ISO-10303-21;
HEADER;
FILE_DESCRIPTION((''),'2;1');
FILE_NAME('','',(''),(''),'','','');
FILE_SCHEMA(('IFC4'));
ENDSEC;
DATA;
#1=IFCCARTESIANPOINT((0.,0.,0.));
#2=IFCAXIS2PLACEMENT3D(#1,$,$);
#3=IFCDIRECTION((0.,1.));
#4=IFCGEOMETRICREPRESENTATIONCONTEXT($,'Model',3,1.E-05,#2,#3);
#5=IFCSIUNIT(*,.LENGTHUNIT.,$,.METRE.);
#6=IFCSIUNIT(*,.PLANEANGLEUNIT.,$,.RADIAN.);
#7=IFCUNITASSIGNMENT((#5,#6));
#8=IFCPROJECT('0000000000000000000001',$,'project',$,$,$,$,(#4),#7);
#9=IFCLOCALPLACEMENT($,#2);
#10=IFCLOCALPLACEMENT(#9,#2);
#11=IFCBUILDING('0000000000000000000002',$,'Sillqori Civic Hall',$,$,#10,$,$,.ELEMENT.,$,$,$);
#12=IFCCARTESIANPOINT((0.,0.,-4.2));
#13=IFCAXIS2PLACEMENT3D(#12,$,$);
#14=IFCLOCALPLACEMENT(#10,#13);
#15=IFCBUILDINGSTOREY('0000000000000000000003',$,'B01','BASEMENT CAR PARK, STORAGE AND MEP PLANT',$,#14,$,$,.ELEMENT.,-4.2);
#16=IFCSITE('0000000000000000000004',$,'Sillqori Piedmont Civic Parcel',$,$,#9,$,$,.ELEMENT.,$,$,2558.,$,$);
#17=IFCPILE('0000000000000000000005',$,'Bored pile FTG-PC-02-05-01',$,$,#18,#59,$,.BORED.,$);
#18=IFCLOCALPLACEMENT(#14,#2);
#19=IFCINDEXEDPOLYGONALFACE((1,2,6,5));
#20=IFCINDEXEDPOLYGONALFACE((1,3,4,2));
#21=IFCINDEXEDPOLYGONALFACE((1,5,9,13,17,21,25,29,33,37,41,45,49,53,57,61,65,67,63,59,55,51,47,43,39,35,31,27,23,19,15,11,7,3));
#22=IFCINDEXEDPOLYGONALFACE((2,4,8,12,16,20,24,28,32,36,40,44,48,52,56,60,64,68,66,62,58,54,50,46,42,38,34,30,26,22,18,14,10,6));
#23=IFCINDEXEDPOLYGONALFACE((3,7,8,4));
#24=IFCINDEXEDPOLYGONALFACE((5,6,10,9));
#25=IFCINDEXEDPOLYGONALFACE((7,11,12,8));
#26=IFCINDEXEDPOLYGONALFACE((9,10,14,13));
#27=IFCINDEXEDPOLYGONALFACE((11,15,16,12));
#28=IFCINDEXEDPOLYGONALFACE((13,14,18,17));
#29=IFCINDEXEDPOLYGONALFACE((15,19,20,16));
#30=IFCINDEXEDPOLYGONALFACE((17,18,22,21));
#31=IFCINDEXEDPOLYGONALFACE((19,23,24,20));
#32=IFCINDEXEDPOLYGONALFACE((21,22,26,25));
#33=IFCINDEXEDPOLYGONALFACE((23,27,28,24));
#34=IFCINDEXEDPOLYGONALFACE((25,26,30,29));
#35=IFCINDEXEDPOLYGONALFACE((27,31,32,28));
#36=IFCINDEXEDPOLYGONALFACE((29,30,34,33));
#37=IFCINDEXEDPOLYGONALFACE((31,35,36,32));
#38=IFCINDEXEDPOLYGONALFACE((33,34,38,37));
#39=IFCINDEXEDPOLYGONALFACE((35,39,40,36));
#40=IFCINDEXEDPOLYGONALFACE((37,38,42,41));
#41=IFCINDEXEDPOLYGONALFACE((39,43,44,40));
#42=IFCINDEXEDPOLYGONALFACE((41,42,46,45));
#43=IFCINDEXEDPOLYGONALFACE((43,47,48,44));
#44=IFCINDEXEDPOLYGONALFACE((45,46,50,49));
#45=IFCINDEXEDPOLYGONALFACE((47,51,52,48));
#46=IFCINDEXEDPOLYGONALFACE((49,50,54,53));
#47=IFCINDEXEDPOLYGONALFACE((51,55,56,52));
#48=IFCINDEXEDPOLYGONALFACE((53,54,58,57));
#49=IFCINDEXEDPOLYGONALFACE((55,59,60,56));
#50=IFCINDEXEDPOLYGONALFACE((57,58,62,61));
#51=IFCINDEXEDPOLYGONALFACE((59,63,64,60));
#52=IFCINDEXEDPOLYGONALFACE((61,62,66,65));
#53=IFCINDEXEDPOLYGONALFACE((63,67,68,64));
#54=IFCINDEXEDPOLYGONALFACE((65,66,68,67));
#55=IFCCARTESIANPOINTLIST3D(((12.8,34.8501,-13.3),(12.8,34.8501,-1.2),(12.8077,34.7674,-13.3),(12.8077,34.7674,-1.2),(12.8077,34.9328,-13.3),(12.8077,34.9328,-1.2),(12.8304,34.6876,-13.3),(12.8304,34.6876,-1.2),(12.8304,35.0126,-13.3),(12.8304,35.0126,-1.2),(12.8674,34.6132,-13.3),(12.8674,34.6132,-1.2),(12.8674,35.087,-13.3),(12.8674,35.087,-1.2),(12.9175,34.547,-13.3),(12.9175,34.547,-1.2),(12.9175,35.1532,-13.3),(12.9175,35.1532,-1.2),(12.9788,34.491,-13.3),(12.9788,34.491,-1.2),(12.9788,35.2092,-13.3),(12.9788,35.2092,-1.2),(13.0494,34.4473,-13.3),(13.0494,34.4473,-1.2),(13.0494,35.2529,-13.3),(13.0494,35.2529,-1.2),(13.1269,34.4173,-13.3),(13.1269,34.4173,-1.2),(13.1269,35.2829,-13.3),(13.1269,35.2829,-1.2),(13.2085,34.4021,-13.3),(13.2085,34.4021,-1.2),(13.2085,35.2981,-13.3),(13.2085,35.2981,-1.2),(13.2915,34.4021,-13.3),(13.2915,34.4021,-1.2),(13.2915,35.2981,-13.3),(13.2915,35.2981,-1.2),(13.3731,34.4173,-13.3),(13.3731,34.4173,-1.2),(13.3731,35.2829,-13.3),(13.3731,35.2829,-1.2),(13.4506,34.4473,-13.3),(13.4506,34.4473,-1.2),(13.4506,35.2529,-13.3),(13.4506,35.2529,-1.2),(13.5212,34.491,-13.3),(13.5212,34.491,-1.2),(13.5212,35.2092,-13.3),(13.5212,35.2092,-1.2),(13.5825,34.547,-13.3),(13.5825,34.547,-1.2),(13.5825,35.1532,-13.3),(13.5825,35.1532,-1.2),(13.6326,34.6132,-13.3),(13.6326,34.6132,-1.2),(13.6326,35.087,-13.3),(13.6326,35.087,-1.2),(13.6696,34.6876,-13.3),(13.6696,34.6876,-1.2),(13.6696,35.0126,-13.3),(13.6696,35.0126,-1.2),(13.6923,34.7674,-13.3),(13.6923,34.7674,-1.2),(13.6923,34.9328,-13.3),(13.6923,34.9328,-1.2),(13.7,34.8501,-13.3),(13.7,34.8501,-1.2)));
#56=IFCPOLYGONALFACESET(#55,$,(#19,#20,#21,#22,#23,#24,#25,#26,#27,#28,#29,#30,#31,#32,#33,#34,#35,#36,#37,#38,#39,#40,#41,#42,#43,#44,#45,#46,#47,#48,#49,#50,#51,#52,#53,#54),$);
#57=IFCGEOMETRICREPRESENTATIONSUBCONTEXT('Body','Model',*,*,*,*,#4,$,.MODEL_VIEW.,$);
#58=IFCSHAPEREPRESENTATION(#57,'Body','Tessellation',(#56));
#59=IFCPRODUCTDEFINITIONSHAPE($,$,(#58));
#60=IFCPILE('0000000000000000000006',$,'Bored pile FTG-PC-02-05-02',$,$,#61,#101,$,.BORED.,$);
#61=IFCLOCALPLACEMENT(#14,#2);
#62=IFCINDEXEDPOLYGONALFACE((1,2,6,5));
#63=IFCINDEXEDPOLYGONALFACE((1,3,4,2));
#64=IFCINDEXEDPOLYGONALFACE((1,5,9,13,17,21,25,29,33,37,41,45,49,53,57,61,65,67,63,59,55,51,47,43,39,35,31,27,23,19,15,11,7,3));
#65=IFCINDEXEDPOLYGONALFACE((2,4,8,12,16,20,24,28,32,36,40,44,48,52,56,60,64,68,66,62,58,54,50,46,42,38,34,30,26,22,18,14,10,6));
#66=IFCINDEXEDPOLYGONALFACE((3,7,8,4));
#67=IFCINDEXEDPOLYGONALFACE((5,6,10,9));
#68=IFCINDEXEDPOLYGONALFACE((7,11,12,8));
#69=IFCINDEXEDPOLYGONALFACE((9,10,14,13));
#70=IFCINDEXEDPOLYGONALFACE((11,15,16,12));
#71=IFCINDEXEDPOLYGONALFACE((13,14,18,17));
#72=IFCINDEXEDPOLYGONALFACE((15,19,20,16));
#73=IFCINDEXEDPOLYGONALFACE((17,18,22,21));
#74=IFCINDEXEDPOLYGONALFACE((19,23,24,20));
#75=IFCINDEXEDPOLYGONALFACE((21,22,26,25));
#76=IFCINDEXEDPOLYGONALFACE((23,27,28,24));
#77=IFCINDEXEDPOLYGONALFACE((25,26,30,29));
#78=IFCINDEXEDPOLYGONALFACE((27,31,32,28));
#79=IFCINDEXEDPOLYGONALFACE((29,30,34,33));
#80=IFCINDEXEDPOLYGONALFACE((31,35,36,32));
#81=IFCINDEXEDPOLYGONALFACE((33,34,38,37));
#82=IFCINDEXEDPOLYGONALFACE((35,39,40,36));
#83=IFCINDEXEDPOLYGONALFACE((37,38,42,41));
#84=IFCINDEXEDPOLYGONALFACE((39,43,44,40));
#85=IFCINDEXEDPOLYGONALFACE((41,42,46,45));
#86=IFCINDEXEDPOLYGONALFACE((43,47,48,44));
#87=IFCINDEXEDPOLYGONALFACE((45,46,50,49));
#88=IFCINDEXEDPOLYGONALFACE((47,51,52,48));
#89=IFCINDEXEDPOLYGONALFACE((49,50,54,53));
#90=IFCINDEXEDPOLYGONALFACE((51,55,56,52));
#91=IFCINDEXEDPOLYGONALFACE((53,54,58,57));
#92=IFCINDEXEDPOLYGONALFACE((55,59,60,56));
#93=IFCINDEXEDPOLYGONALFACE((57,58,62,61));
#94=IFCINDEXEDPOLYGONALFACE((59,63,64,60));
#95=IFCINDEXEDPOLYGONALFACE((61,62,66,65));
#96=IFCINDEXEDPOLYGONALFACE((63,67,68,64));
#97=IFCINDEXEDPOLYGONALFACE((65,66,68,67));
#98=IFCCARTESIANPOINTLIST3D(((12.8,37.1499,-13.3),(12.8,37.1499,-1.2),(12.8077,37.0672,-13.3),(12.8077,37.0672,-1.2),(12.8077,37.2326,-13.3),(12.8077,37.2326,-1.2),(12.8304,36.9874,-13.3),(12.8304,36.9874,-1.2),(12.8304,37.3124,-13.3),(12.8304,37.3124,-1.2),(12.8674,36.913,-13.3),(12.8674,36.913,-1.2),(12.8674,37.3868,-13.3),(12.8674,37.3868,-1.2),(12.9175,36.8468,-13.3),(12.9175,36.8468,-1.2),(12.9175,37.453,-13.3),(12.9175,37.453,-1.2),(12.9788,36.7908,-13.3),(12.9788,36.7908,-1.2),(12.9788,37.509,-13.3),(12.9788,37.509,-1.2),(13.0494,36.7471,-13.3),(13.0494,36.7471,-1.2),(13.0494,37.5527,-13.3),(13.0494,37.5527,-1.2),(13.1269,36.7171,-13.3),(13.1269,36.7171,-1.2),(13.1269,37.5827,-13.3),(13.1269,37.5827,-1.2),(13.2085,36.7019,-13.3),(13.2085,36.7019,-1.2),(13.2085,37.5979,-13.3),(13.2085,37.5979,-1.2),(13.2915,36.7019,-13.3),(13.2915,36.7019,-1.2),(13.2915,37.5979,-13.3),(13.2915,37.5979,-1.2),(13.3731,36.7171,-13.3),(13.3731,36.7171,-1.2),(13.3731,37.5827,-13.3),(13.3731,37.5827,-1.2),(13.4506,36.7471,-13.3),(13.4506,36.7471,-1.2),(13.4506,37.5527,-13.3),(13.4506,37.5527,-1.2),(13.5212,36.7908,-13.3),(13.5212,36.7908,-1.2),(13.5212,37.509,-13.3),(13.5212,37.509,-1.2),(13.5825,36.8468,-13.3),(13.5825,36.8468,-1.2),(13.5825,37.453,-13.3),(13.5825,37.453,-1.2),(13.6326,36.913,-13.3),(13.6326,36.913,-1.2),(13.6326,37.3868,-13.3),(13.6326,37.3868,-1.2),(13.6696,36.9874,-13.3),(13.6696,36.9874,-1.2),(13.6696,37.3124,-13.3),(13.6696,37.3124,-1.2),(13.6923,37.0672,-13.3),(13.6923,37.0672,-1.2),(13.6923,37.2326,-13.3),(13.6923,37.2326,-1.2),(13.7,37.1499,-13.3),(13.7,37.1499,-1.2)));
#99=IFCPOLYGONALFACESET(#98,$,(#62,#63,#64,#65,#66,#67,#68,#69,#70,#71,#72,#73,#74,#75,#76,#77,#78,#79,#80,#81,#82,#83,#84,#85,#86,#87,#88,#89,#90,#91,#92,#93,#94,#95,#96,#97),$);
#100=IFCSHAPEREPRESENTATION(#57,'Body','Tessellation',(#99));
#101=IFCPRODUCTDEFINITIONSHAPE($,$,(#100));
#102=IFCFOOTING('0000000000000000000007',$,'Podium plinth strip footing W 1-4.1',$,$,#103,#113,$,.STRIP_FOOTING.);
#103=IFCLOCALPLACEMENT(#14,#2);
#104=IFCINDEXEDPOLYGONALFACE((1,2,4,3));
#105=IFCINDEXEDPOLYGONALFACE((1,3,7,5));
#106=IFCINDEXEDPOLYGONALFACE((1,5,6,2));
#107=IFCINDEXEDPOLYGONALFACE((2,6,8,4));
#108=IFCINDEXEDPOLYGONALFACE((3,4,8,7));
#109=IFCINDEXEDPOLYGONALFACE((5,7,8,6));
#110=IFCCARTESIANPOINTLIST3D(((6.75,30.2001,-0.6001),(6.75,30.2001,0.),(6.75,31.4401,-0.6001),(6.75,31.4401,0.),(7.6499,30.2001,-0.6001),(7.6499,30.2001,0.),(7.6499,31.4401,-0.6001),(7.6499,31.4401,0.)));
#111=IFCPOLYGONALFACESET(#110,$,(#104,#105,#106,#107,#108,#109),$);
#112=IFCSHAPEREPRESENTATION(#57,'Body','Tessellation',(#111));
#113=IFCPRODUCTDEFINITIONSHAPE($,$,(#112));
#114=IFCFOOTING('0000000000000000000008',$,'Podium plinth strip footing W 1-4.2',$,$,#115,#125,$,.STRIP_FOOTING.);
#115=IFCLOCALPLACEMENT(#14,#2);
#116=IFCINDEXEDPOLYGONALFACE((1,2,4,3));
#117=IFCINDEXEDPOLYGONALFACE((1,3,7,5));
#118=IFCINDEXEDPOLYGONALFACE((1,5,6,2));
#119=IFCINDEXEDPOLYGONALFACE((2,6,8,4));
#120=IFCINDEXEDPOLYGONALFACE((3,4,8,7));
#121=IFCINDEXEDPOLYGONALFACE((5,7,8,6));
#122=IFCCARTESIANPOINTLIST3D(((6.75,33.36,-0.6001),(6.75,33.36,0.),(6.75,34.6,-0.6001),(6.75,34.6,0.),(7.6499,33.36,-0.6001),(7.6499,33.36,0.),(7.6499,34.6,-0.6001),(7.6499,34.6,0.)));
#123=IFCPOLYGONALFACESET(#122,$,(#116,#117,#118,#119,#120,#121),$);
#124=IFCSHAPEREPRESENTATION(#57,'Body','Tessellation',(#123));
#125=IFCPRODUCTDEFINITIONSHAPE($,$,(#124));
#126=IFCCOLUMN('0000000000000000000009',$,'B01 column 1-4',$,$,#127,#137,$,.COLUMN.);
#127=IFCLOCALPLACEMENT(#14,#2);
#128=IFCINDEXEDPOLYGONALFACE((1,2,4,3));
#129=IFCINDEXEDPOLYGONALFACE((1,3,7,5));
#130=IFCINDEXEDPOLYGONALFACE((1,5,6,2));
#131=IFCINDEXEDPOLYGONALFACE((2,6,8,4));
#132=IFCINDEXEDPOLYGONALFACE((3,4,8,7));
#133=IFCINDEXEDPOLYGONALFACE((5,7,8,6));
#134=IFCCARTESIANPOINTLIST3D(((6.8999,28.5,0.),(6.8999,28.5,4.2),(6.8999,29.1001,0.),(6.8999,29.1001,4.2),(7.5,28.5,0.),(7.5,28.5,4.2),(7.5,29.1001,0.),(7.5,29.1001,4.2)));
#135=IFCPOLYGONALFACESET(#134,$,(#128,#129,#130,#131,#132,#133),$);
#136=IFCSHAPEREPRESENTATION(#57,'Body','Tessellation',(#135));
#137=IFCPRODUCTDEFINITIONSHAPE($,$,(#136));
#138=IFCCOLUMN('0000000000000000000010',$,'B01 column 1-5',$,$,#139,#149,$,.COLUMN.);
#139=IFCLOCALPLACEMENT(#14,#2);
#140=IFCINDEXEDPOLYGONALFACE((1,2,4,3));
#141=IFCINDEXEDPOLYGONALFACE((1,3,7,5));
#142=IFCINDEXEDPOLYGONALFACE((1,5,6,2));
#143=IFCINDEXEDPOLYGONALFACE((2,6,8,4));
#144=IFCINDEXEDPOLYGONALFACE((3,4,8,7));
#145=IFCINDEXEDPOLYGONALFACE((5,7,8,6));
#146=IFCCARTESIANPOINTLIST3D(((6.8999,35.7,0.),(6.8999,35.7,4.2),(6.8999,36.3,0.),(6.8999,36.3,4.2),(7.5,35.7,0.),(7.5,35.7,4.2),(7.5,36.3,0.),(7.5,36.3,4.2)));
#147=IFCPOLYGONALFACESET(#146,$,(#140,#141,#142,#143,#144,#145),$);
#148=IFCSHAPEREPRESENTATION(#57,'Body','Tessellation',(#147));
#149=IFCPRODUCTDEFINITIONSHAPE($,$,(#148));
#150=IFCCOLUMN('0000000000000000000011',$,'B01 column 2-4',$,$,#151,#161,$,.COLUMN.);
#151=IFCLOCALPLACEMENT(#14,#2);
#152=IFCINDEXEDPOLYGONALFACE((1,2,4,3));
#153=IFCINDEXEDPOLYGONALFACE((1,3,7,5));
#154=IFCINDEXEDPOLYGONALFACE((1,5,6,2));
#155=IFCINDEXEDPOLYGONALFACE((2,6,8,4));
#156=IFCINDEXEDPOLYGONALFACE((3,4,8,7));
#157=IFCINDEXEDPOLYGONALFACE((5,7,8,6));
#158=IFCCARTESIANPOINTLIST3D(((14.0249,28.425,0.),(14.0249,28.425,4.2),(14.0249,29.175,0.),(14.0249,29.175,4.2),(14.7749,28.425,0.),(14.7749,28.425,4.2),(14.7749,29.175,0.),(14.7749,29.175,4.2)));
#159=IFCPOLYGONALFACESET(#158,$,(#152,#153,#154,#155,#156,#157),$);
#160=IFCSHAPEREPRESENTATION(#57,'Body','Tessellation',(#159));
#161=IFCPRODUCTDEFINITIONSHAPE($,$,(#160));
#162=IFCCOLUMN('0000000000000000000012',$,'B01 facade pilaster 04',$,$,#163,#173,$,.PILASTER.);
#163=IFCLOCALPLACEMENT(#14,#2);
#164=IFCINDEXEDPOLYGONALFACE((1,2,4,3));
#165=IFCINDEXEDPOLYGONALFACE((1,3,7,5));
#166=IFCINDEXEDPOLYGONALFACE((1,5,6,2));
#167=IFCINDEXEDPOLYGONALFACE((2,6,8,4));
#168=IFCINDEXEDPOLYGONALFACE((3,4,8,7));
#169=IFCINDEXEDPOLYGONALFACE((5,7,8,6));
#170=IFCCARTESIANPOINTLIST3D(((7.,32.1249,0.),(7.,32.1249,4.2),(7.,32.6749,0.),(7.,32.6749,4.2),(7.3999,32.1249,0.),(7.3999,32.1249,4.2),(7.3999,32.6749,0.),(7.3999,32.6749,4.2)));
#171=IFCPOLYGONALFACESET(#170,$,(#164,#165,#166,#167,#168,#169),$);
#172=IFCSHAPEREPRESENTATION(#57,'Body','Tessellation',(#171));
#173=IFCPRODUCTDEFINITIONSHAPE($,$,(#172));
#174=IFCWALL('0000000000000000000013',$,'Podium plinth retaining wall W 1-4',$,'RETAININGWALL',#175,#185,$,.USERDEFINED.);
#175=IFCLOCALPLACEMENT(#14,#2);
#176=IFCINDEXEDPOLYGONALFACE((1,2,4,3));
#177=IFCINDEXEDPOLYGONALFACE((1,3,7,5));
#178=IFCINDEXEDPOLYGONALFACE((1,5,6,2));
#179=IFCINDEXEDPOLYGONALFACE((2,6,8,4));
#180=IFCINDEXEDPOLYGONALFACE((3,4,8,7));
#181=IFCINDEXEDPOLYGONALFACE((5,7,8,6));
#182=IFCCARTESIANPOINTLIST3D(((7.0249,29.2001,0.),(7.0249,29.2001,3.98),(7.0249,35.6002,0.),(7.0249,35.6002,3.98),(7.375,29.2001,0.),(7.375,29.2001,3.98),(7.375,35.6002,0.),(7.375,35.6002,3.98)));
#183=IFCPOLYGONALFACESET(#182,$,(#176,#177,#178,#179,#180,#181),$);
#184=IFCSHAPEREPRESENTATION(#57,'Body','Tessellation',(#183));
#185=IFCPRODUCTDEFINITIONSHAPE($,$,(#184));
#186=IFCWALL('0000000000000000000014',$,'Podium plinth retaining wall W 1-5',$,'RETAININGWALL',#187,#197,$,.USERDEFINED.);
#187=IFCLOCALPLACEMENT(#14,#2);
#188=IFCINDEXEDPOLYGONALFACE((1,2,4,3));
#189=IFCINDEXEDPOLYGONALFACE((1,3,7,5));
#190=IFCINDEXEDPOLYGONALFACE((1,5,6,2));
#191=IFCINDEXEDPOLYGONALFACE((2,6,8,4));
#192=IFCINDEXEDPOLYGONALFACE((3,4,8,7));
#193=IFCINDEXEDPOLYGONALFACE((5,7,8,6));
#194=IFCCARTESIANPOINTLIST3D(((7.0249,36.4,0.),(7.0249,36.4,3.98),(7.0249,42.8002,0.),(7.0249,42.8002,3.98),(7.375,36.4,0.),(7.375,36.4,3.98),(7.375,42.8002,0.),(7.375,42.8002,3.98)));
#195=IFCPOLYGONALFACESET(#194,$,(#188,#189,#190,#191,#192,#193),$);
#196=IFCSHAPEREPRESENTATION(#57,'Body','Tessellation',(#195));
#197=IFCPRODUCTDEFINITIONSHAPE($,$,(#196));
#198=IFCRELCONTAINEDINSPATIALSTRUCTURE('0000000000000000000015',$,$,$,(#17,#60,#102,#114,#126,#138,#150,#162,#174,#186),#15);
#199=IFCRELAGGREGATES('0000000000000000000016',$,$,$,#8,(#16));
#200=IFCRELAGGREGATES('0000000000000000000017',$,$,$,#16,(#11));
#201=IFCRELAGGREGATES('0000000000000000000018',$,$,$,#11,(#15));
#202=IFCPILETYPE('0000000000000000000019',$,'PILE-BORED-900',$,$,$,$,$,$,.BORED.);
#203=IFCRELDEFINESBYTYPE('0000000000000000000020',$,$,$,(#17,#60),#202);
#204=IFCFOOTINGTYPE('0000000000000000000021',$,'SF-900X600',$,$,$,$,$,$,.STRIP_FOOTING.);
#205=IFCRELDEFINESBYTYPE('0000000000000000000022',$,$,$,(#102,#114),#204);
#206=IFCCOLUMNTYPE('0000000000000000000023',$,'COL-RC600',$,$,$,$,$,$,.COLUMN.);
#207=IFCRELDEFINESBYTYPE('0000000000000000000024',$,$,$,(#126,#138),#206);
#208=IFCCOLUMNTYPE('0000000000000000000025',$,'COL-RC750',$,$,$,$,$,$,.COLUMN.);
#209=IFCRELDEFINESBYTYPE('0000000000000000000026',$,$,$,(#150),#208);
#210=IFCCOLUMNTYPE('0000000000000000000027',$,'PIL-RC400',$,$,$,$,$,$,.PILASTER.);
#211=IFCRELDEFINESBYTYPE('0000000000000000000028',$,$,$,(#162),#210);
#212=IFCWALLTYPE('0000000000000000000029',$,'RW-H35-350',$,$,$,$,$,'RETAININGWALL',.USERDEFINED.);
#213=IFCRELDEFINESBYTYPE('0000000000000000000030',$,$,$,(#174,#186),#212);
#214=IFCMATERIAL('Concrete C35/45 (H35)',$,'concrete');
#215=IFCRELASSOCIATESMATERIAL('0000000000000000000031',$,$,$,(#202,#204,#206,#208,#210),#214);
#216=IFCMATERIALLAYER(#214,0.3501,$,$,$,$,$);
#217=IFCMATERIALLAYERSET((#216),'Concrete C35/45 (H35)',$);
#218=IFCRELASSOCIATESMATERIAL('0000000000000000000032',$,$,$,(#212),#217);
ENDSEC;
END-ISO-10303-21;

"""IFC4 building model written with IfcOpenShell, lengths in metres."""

from ifc_helpers import new_model, si_unit, direction, frame, frame_2d, origin, origin_2d, place, context, subcontext, project, spatial, rectangle, circle, extrude, material, layer, layer_set, material_profile, profile_set, type_object, element, save


model = new_model("IFC4")

# Units and contexts
model_context = context("Model", 3, precision=1e-05, world=origin(), true_north=direction((0.0, 1.0)))
body_context = subcontext(model_context, "Body", "Model", "MODEL_VIEW")
ifc_project = project(units=[si_unit("LENGTHUNIT", "METRE"), si_unit("PLANEANGLEUNIT", "RADIAN")], contexts=[model_context])

# Site, building, storey
site_placement = place(None, origin())
site = spatial("IfcSite", under=ifc_project, at=site_placement, Name="Sillqori Piedmont Civic Parcel", CompositionType="ELEMENT", RefElevation=2558.0)
building_placement = place(site_placement, origin())
building = spatial("IfcBuilding", under=site, at=building_placement, Name="Sillqori Civic Hall", CompositionType="ELEMENT")
storey_placement = place(building_placement, frame((0.0, 0.0, -4.2)))
storey = spatial("IfcBuildingStorey", under=building, at=storey_placement, Name="B01", Description="BASEMENT CAR PARK, STORAGE AND MEP PLANT", CompositionType="ELEMENT", Elevation=-4.2)

# Shared definitions
ifc_material = material(Name="Concrete C35/45 (H35)", Category="concrete")

# Piles
ifc_material_profile_1 = material_profile(ifc_material, circle(Radius=0.45, at=origin_2d()), Name="BORED PILE 900")
ifc_profile_set_1 = profile_set([ifc_material_profile_1], Name="Concrete C35/45 (H35)")
pile_type = type_object("IfcPileType", Name="PILE-BORED-900", PredefinedType="BORED", material=ifc_profile_set_1)
for number, where, z_axis, x_axis, name in (
    (1, (13.25, 34.8501, -1.2), (0.0, 0.0, -1.0), (1.0, 0.0, 0.0), "Bored pile FTG-PC-02-05-01"),
    (2, (13.25, 37.1499, -1.2), (0.0, 0.0, -1.0), (1.0, 0.0, 0.0), "Bored pile FTG-PC-02-05-02"),
):
    element("IfcPile", number, at=place(storey_placement, frame(where, z_axis=z_axis, x_axis=x_axis)), inside=storey, type_object=pile_type, Name=name, PredefinedType="BORED", context=body_context, shape_type="SweptSolid", body=[
        extrude(circle(Radius=0.45, at=origin_2d()), origin(), (0.0, 0.0, 1.0), 12.1001),
    ])

# Footings
footing_type_1 = type_object("IfcFootingType", Name="SF-900X600", PredefinedType="STRIP_FOOTING", material=ifc_material)
for number, where, z_axis, x_axis, name in (
    (3, (7.2, 30.8201, -0.6001), (0.0, 0.0, 1.0), (1.0, 0.0, 0.0), "Podium plinth strip footing W 1-4.1"),
    (4, (7.2, 33.98, -0.6001), (0.0, 0.0, 1.0), (1.0, 0.0, 0.0), "Podium plinth strip footing W 1-4.2"),
):
    element("IfcFooting", number, at=place(storey_placement, frame(where, z_axis=z_axis, x_axis=x_axis)), inside=storey, type_object=footing_type_1, Name=name, PredefinedType="STRIP_FOOTING", context=body_context, shape_type="SweptSolid", body=[
        extrude(rectangle(XDim=0.8999, YDim=1.24, at=origin_2d()), origin(), (0.0, 0.0, 1.0), 0.6001),
    ])

# Columns
ifc_material_profile_2 = material_profile(ifc_material, rectangle(XDim=0.6001, YDim=0.6001, at=origin_2d()), Name="RC 600x600")
ifc_profile_set_2 = profile_set([ifc_material_profile_2], Name="Concrete C35/45 (H35)")
column_type_1 = type_object("IfcColumnType", Name="COL-RC600", PredefinedType="COLUMN", material=ifc_profile_set_2)
for number, where, z_axis, x_axis, name in (
    (5, (7.2, 28.8, 0.0), (0.0, 0.0, 1.0), (1.0, 0.0, 0.0), "B01 column 1-4"),
    (6, (7.2, 36.0, 0.0), (0.0, 0.0, 1.0), (1.0, 0.0, 0.0), "B01 column 1-5"),
):
    element("IfcColumn", number, at=place(storey_placement, frame(where, z_axis=z_axis, x_axis=x_axis)), inside=storey, type_object=column_type_1, Name=name, PredefinedType="COLUMN", context=body_context, shape_type="SweptSolid", body=[
        extrude(rectangle(XDim=0.6001, YDim=0.6001, at=origin_2d()), origin(), (0.0, 0.0, 1.0), 4.2),
    ])
ifc_material_profile_3 = material_profile(ifc_material, rectangle(XDim=0.75, YDim=0.75, at=origin_2d()), Name="RC 750x750")
ifc_profile_set_3 = profile_set([ifc_material_profile_3], Name="Concrete C35/45 (H35)")
column_type_2 = type_object("IfcColumnType", Name="COL-RC750", PredefinedType="COLUMN", material=ifc_profile_set_3)
column_1_placement = place(storey_placement, frame((14.3999, 28.8, 0.0), z_axis=(0.0, 0.0, 1.0), x_axis=(1.0, 0.0, 0.0)))
element("IfcColumn", 7, at=column_1_placement, inside=storey, type_object=column_type_2, Name="B01 column 2-4", PredefinedType="COLUMN", context=body_context, shape_type="SweptSolid", body=[
    extrude(rectangle(XDim=0.75, YDim=0.75, at=origin_2d()), origin(), (0.0, 0.0, 1.0), 4.2),
])
ifc_material_profile_4 = material_profile(ifc_material, rectangle(XDim=0.3999, YDim=0.55, at=origin_2d()), Name="RC 400x550")
ifc_profile_set_4 = profile_set([ifc_material_profile_4], Name="Concrete C35/45 (H35)")
column_type_3 = type_object("IfcColumnType", Name="PIL-RC400", PredefinedType="PILASTER", material=ifc_profile_set_4)
column_2_placement = place(storey_placement, frame((7.2, 32.3999, 0.0), z_axis=(0.0, 0.0, 1.0), x_axis=(1.0, 0.0, 0.0)))
element("IfcColumn", 8, at=column_2_placement, inside=storey, type_object=column_type_3, Name="B01 facade pilaster 04", PredefinedType="PILASTER", context=body_context, shape_type="SweptSolid", body=[
    extrude(rectangle(XDim=0.3999, YDim=0.55, at=origin_2d()), origin(), (0.0, 0.0, 1.0), 4.2),
])

# Walls
ifc_layer = layer(ifc_material, 0.3501)
ifc_layer_set = layer_set([ifc_layer], Name="Concrete C35/45 (H35)")
wall_type = type_object("IfcWallType", Name="RW-H35-350", ElementType="RETAININGWALL", PredefinedType="USERDEFINED", material=ifc_layer_set)
for number, where, z_axis, x_axis, name in (
    (9, (7.2, 29.2, 0.0), (0.0, 0.0, 1.0), (0.0, 1.0, 0.0), "Podium plinth retaining wall W 1-4"),
    (10, (7.2, 36.3999, 0.0), (0.0, 0.0, 1.0), (0.0, 1.0, 0.0), "Podium plinth retaining wall W 1-5"),
):
    element("IfcWall", number, at=place(storey_placement, frame(where, z_axis=z_axis, x_axis=x_axis)), inside=storey, type_object=wall_type, Name=name, ObjectType="RETAININGWALL", PredefinedType="USERDEFINED", context=body_context, shape_type="SweptSolid", body=[
        extrude(rectangle(XDim=6.4001, YDim=0.3501, at=frame_2d((3.2002, 0.0))), origin(), (0.0, 0.0, 1.0), 3.98),
    ])

save(model, "model.ifc")
